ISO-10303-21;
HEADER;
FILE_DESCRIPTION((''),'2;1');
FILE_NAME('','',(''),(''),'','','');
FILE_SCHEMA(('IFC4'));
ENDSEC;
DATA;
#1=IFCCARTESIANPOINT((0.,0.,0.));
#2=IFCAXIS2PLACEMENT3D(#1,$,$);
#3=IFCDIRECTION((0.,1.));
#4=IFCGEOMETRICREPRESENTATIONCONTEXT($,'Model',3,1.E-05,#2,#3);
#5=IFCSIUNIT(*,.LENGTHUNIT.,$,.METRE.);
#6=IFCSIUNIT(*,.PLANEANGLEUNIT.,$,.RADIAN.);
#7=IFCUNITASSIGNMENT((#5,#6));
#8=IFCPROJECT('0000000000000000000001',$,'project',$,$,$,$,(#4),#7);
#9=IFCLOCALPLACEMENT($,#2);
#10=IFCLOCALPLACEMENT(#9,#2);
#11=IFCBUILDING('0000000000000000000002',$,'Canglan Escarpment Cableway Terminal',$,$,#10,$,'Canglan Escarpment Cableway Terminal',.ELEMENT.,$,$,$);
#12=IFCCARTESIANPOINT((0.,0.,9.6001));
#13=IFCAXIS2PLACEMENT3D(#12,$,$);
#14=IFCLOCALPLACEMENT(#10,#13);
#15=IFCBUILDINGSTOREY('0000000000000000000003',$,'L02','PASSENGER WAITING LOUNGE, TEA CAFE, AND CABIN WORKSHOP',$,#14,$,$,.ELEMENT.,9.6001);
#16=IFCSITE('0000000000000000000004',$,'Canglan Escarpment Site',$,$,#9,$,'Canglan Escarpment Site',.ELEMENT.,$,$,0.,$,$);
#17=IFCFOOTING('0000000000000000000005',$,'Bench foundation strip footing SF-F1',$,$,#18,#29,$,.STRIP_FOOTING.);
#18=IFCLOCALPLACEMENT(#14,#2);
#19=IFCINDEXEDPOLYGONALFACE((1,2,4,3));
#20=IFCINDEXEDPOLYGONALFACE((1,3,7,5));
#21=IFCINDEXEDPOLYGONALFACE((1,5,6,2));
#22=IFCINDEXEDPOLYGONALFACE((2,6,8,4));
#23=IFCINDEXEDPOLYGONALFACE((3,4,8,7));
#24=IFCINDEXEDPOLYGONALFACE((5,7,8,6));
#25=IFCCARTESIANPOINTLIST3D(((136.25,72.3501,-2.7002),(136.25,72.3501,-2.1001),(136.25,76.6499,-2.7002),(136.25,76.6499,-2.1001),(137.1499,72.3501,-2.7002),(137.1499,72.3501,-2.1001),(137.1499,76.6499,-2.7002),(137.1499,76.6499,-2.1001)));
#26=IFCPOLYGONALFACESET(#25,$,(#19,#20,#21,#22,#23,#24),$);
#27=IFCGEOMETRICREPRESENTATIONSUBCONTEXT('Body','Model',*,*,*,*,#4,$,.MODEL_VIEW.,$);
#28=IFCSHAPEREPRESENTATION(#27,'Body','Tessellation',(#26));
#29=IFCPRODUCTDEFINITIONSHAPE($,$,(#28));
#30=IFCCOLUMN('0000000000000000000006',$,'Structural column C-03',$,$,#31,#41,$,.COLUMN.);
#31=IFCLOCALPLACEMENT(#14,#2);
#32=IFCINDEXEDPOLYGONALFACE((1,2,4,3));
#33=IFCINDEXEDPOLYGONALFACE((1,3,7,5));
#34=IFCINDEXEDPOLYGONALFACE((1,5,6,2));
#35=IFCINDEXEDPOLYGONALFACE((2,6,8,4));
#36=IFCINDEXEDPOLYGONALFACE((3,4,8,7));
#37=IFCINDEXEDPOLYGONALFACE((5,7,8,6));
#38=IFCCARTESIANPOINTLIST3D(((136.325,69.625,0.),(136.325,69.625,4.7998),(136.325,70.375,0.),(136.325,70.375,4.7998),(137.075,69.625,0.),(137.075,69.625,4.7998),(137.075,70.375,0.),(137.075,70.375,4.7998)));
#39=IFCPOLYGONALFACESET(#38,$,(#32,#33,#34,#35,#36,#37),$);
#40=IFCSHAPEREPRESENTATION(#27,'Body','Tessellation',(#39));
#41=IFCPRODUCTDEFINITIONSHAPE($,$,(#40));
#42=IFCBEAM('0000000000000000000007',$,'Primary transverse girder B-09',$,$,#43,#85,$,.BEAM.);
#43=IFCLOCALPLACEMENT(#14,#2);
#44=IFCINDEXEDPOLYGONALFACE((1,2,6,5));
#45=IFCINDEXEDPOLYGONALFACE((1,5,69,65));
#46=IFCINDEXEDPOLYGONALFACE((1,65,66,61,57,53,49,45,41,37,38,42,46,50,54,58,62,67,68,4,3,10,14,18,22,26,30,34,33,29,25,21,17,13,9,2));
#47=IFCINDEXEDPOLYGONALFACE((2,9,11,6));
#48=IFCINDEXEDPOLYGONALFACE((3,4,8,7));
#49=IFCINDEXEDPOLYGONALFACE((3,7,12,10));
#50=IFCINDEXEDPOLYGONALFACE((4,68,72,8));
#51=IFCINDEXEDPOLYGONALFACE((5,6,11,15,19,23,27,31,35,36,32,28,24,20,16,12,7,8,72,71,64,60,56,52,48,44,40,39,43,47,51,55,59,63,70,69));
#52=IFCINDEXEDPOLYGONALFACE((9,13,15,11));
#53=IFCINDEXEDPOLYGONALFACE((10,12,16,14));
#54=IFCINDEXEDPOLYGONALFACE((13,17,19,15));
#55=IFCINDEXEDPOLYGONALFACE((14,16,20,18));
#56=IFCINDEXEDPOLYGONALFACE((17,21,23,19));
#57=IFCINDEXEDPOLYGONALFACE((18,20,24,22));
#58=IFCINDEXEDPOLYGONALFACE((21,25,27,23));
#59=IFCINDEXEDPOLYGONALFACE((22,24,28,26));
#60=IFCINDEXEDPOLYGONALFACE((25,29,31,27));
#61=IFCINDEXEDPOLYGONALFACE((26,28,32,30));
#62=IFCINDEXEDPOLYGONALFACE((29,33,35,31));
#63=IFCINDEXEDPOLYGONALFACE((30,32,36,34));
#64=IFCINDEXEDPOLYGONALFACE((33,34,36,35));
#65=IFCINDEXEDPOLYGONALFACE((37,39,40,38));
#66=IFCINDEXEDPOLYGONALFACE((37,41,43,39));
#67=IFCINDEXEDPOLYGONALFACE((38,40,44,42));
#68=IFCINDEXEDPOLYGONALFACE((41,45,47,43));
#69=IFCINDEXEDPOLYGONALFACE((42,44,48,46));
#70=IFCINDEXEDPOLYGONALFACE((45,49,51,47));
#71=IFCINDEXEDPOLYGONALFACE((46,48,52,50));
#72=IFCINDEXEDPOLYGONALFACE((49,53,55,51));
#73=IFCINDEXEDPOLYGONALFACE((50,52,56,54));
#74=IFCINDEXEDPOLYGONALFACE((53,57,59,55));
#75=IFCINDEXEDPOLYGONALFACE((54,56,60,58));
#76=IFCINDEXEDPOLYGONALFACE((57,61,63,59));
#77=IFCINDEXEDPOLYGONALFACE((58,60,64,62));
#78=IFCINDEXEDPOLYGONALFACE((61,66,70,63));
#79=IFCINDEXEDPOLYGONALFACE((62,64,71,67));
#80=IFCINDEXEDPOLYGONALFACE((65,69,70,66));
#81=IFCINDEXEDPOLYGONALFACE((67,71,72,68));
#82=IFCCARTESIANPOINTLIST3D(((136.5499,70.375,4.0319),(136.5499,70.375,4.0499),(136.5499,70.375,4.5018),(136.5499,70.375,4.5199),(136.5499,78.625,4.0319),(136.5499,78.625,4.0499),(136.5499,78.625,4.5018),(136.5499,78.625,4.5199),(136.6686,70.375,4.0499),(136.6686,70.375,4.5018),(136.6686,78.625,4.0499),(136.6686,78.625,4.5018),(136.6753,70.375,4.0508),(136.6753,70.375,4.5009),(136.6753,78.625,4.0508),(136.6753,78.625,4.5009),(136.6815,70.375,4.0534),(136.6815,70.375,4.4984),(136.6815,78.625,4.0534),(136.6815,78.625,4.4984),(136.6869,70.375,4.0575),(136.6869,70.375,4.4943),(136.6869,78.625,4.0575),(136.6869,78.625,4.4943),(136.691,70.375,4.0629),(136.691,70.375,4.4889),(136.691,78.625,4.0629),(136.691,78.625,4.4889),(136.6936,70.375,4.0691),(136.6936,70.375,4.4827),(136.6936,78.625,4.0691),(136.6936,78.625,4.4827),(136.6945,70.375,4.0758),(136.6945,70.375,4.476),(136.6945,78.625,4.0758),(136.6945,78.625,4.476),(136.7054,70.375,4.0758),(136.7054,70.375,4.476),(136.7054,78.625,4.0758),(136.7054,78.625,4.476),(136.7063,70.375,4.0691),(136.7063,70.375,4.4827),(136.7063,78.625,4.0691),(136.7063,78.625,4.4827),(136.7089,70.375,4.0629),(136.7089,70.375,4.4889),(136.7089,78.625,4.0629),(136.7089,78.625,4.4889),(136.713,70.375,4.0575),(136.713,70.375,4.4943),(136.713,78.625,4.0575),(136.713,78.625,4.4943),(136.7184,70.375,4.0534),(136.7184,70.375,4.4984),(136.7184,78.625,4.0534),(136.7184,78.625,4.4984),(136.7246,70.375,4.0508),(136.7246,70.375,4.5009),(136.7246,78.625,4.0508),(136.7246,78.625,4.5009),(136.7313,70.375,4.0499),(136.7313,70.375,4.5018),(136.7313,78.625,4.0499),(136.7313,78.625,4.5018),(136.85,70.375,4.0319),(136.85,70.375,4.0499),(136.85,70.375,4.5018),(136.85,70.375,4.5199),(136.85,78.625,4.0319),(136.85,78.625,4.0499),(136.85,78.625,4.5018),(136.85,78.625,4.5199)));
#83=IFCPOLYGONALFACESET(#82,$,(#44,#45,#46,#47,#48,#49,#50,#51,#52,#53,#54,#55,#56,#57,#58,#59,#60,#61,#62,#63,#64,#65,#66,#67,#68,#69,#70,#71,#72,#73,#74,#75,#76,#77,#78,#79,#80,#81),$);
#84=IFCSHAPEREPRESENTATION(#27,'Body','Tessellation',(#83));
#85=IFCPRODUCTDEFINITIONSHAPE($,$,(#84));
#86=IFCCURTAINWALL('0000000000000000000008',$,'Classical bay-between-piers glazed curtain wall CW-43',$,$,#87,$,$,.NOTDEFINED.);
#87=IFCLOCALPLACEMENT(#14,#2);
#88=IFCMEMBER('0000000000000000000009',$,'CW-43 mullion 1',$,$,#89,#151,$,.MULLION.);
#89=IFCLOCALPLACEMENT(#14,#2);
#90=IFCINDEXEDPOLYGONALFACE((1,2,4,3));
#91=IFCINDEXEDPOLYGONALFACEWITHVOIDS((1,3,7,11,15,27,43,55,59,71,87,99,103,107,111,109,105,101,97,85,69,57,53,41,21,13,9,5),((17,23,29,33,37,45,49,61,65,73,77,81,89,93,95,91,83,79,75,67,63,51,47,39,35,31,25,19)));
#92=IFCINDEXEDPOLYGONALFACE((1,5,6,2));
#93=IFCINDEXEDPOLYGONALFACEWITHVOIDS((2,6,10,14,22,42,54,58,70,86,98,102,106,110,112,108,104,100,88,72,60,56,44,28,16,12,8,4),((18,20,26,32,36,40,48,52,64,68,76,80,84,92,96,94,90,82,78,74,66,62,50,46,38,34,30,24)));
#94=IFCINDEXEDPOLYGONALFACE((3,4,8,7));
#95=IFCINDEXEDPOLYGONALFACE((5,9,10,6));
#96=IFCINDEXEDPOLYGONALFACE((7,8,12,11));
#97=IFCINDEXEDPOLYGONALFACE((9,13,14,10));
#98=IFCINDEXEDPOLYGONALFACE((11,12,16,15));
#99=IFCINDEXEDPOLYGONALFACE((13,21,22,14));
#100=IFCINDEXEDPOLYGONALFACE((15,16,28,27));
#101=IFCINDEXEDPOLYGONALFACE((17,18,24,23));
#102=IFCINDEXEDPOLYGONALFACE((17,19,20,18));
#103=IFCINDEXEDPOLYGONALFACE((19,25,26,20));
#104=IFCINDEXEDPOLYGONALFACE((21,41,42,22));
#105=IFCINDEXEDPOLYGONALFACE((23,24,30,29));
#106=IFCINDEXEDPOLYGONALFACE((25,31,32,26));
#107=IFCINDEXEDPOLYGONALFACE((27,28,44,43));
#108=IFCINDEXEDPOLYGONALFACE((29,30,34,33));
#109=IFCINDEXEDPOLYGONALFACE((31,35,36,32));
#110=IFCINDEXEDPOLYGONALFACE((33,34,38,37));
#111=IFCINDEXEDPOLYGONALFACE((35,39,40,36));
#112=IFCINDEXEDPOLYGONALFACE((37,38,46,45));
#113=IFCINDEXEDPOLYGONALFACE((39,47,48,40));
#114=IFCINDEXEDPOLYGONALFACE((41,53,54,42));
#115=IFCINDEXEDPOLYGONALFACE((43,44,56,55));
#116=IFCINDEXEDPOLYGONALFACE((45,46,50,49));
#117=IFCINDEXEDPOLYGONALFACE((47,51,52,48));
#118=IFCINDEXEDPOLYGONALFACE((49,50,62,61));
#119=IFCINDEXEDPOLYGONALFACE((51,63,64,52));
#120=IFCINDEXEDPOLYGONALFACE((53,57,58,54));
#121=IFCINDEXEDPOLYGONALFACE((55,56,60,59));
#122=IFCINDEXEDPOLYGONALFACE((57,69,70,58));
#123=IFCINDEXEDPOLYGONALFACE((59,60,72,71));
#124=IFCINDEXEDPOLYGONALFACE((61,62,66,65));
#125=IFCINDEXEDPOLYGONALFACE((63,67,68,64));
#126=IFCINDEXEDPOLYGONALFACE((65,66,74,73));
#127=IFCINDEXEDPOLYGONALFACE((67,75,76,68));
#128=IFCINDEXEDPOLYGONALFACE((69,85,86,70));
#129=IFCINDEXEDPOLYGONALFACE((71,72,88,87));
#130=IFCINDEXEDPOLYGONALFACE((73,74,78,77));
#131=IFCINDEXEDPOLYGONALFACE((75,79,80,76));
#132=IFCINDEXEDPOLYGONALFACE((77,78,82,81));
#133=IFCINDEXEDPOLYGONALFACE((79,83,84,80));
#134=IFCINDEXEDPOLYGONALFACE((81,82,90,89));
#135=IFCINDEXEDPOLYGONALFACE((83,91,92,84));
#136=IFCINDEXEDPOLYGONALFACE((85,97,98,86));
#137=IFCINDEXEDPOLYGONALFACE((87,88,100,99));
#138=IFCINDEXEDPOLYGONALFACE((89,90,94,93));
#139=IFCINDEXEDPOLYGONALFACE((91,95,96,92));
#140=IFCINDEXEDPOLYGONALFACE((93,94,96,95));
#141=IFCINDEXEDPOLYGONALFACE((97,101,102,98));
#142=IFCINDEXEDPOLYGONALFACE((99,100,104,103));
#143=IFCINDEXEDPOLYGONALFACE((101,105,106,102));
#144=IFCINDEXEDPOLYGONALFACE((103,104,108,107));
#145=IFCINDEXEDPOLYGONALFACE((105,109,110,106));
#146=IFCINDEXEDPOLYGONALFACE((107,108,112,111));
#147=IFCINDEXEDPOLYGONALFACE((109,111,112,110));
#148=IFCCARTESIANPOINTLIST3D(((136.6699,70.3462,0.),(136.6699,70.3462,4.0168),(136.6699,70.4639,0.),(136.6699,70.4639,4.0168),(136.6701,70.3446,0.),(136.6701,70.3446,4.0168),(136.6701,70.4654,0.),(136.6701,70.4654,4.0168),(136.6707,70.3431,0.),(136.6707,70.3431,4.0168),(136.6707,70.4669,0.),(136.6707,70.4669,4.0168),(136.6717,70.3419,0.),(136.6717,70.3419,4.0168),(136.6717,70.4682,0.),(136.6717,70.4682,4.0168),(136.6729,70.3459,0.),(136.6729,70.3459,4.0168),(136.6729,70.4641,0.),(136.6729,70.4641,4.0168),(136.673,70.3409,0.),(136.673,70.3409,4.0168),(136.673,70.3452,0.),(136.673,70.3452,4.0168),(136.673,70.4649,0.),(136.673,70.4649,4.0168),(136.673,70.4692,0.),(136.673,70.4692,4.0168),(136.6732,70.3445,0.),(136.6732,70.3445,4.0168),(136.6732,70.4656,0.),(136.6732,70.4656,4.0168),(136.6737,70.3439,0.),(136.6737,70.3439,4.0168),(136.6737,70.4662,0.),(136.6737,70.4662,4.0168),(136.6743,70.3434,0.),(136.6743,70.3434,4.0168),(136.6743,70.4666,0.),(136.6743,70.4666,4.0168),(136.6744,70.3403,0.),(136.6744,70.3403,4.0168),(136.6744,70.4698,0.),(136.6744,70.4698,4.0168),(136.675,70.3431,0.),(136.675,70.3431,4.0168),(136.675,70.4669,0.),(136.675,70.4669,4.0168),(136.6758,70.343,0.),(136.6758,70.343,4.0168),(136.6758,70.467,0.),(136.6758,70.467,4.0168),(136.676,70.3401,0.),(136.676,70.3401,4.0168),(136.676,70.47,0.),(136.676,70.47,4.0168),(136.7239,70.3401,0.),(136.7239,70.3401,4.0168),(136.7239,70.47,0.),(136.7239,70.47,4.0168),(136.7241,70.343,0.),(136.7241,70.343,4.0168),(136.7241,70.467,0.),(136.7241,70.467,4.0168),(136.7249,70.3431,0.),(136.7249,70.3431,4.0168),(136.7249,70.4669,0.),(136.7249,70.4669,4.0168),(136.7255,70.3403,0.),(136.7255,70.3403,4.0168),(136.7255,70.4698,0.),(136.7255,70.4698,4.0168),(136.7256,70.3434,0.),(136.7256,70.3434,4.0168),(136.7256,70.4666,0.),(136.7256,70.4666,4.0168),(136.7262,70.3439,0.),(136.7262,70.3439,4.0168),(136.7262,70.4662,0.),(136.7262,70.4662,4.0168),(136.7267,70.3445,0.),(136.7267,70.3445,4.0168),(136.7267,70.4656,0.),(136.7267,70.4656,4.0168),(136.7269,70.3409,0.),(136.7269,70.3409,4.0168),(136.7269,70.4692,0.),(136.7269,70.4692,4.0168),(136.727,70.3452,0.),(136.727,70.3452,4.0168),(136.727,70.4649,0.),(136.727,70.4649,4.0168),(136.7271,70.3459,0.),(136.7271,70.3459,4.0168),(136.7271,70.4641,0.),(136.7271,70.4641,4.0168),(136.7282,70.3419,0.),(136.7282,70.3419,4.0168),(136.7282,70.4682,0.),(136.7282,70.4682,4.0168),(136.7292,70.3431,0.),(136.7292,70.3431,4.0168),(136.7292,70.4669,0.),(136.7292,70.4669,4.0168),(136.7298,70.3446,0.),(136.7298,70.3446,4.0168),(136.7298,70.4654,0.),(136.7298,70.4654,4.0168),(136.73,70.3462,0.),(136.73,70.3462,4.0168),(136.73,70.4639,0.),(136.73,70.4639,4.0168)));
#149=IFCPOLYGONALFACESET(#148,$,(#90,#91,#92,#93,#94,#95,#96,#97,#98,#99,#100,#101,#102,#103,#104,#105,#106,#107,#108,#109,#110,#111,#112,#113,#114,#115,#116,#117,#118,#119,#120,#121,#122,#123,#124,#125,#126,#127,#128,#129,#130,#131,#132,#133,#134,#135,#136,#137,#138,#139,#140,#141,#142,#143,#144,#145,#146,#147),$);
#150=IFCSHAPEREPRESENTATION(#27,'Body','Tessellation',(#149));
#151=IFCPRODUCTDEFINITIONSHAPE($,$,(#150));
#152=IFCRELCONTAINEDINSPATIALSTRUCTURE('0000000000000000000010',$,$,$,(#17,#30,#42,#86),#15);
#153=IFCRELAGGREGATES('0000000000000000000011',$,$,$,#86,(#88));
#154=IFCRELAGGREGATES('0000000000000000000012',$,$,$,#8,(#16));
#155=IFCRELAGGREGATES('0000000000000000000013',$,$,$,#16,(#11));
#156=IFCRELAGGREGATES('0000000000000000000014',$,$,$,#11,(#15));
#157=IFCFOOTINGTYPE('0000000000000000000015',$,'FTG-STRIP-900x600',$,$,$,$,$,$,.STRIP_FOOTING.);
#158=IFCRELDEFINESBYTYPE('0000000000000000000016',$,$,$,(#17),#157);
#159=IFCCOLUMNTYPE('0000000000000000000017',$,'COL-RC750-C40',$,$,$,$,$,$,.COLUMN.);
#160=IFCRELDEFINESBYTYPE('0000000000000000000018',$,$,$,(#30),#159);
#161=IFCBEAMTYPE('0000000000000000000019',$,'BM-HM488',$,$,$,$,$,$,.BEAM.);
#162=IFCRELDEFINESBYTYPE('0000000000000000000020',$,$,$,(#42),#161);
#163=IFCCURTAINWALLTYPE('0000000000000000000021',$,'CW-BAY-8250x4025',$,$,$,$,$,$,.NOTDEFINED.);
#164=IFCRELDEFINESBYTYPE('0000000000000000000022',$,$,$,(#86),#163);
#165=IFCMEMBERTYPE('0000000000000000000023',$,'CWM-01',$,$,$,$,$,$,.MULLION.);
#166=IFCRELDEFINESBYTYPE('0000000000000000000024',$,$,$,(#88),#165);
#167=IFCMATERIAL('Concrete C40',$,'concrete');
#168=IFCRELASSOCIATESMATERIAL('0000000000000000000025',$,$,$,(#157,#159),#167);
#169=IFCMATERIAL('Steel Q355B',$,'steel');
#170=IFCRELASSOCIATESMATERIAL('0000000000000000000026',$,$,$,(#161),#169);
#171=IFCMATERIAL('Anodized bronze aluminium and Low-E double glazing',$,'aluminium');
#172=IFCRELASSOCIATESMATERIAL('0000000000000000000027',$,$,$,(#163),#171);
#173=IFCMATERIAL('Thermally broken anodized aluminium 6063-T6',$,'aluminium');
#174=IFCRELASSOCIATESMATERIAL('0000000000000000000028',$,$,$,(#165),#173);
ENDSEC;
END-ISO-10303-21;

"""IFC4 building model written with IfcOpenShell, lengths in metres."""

from ifc_helpers import new_model, si_unit, direction, frame, origin, origin_2d, place, context, subcontext, project, spatial, rectangle, hollow_rectangle, i_section, extrude, material, material_profile, profile_set, type_object, element, aggregate, save


model = new_model("IFC4")

# Units and contexts
model_context = context("Model", 3, precision=1e-05, world=origin(), true_north=direction((0.0, 1.0)))
body_context = subcontext(model_context, "Body", "Model", "MODEL_VIEW")
ifc_project = project(units=[si_unit("LENGTHUNIT", "METRE"), si_unit("PLANEANGLEUNIT", "RADIAN")], contexts=[model_context])

# Site, building, storey
site_placement = place(None, origin())
site = spatial("IfcSite", under=ifc_project, at=site_placement, Name="Canglan Escarpment Site", LongName="Canglan Escarpment Site", CompositionType="ELEMENT", RefElevation=0.0)
building_placement = place(site_placement, origin())
building = spatial("IfcBuilding", under=site, at=building_placement, Name="Canglan Escarpment Cableway Terminal", LongName="Canglan Escarpment Cableway Terminal", CompositionType="ELEMENT")
storey_placement = place(building_placement, frame((0.0, 0.0, 9.6001)))
storey = spatial("IfcBuildingStorey", under=building, at=storey_placement, Name="L02", Description="PASSENGER WAITING LOUNGE, TEA CAFE, AND CABIN WORKSHOP", CompositionType="ELEMENT", Elevation=9.6001)

# Footing
ifc_material_1 = material(Name="Concrete C40", Category="concrete")
ifc_material_profile_1 = material_profile(ifc_material_1, rectangle(XDim=0.8999, YDim=0.6001, at=origin_2d()), Name="SF 900x600")
ifc_profile_set_1 = profile_set([ifc_material_profile_1], Name="Concrete C40")
footing_type = type_object("IfcFootingType", Name="FTG-STRIP-900x600", PredefinedType="STRIP_FOOTING", material=ifc_profile_set_1)
footing_placement = place(storey_placement, frame((136.7, 72.3501, -2.4001), z_axis=(0.0, 1.0, 0.0), x_axis=(-1.0, 0.0, 0.0)))
element("IfcFooting", 1, at=footing_placement, inside=storey, type_object=footing_type, Name="Bench foundation strip footing SF-F1", PredefinedType="STRIP_FOOTING", context=body_context, shape_type="SweptSolid", body=[
    extrude(rectangle(XDim=0.8999, YDim=0.6001, at=origin_2d()), origin(), (0.0, 0.0, 1.0), 4.2998),
])

# Column
ifc_material_profile_2 = material_profile(ifc_material_1, rectangle(XDim=0.75, YDim=0.75, at=origin_2d()), Name="RC 750x750")
ifc_profile_set_2 = profile_set([ifc_material_profile_2], Name="Concrete C40")
column_type = type_object("IfcColumnType", Name="COL-RC750-C40", PredefinedType="COLUMN", material=ifc_profile_set_2)
column_placement = place(storey_placement, frame((136.7, 70.0, 0.0), z_axis=(0.0, 0.0, 1.0), x_axis=(1.0, 0.0, 0.0)))
element("IfcColumn", 2, at=column_placement, inside=storey, type_object=column_type, Name="Structural column C-03", PredefinedType="COLUMN", context=body_context, shape_type="SweptSolid", body=[
    extrude(rectangle(XDim=0.75, YDim=0.75, at=origin_2d()), origin(), (0.0, 0.0, 1.0), 4.7998),
])

# Beam
ifc_material_2 = material(Name="Steel Q355B", Category="steel")
ifc_material_profile_3 = material_profile(ifc_material_2, i_section(OverallWidth=0.3, OverallDepth=0.488, WebThickness=0.011, FlangeThickness=0.0181, FilletRadius=0.0259, at=origin_2d()), Name="HM 488x300x11x18")
ifc_profile_set_3 = profile_set([ifc_material_profile_3], Name="Steel Q355B")
beam_type = type_object("IfcBeamType", Name="BM-HM488", PredefinedType="BEAM", material=ifc_profile_set_3)
beam_placement = place(storey_placement, frame((136.7, 70.375, 4.2759), z_axis=(0.0, 1.0, 0.0), x_axis=(-1.0, 0.0, 0.0)))
element("IfcBeam", 3, at=beam_placement, inside=storey, type_object=beam_type, Name="Primary transverse girder B-09", PredefinedType="BEAM", context=body_context, shape_type="SweptSolid", body=[
    extrude(i_section(OverallWidth=0.3, OverallDepth=0.488, WebThickness=0.011, FlangeThickness=0.0181, FilletRadius=0.0259, at=origin_2d()), origin(), (0.0, 0.0, 1.0), 8.25),
])

# Curtain wall, member
ifc_material_3 = material(Name="Anodized bronze aluminium and Low-E double glazing", Category="aluminium")
curtain_wall_type = type_object("IfcCurtainWallType", Name="CW-BAY-8250x4025", PredefinedType="NOTDEFINED", material=ifc_material_3)
curtain_wall_1_placement = place(storey_placement, origin())
curtain_wall_1 = element("IfcCurtainWall", 4, at=curtain_wall_1_placement, inside=storey, type_object=curtain_wall_type, Name="Classical bay-between-piers glazed curtain wall CW-43", PredefinedType="NOTDEFINED")
ifc_material_4 = material(Name="Thermally broken anodized aluminium 6063-T6", Category="aluminium")
ifc_material_profile_4 = material_profile(ifc_material_4, hollow_rectangle(XDim=0.0601, YDim=0.1299, WallThickness=0.0029, InnerFilletRadius=0.0029, OuterFilletRadius=0.0061, at=origin_2d()), Name="ALU-MULL 60x130x3")
ifc_profile_set_4 = profile_set([ifc_material_profile_4], Name="Thermally broken anodized aluminium 6063-T6")
member_type_1 = type_object("IfcMemberType", Name="CWM-01", PredefinedType="MULLION", material=ifc_profile_set_4)
member_1_placement = place(storey_placement, frame((136.7, 70.405, 0.0), z_axis=(0.0, 0.0, 1.0), x_axis=(-1.0, 0.0, 0.0)))
member_1 = element("IfcMember", 5, at=member_1_placement, type_object=member_type_1, Name="CW-43 mullion 1", PredefinedType="MULLION", context=body_context, shape_type="SweptSolid", body=[
    extrude(hollow_rectangle(XDim=0.0601, YDim=0.1299, WallThickness=0.0029, InnerFilletRadius=0.0029, OuterFilletRadius=0.0061, at=origin_2d()), origin(), (0.0, 0.0, 1.0), 4.0168),
])

aggregate(curtain_wall_1, [member_1])

save(model, "model.ifc")
